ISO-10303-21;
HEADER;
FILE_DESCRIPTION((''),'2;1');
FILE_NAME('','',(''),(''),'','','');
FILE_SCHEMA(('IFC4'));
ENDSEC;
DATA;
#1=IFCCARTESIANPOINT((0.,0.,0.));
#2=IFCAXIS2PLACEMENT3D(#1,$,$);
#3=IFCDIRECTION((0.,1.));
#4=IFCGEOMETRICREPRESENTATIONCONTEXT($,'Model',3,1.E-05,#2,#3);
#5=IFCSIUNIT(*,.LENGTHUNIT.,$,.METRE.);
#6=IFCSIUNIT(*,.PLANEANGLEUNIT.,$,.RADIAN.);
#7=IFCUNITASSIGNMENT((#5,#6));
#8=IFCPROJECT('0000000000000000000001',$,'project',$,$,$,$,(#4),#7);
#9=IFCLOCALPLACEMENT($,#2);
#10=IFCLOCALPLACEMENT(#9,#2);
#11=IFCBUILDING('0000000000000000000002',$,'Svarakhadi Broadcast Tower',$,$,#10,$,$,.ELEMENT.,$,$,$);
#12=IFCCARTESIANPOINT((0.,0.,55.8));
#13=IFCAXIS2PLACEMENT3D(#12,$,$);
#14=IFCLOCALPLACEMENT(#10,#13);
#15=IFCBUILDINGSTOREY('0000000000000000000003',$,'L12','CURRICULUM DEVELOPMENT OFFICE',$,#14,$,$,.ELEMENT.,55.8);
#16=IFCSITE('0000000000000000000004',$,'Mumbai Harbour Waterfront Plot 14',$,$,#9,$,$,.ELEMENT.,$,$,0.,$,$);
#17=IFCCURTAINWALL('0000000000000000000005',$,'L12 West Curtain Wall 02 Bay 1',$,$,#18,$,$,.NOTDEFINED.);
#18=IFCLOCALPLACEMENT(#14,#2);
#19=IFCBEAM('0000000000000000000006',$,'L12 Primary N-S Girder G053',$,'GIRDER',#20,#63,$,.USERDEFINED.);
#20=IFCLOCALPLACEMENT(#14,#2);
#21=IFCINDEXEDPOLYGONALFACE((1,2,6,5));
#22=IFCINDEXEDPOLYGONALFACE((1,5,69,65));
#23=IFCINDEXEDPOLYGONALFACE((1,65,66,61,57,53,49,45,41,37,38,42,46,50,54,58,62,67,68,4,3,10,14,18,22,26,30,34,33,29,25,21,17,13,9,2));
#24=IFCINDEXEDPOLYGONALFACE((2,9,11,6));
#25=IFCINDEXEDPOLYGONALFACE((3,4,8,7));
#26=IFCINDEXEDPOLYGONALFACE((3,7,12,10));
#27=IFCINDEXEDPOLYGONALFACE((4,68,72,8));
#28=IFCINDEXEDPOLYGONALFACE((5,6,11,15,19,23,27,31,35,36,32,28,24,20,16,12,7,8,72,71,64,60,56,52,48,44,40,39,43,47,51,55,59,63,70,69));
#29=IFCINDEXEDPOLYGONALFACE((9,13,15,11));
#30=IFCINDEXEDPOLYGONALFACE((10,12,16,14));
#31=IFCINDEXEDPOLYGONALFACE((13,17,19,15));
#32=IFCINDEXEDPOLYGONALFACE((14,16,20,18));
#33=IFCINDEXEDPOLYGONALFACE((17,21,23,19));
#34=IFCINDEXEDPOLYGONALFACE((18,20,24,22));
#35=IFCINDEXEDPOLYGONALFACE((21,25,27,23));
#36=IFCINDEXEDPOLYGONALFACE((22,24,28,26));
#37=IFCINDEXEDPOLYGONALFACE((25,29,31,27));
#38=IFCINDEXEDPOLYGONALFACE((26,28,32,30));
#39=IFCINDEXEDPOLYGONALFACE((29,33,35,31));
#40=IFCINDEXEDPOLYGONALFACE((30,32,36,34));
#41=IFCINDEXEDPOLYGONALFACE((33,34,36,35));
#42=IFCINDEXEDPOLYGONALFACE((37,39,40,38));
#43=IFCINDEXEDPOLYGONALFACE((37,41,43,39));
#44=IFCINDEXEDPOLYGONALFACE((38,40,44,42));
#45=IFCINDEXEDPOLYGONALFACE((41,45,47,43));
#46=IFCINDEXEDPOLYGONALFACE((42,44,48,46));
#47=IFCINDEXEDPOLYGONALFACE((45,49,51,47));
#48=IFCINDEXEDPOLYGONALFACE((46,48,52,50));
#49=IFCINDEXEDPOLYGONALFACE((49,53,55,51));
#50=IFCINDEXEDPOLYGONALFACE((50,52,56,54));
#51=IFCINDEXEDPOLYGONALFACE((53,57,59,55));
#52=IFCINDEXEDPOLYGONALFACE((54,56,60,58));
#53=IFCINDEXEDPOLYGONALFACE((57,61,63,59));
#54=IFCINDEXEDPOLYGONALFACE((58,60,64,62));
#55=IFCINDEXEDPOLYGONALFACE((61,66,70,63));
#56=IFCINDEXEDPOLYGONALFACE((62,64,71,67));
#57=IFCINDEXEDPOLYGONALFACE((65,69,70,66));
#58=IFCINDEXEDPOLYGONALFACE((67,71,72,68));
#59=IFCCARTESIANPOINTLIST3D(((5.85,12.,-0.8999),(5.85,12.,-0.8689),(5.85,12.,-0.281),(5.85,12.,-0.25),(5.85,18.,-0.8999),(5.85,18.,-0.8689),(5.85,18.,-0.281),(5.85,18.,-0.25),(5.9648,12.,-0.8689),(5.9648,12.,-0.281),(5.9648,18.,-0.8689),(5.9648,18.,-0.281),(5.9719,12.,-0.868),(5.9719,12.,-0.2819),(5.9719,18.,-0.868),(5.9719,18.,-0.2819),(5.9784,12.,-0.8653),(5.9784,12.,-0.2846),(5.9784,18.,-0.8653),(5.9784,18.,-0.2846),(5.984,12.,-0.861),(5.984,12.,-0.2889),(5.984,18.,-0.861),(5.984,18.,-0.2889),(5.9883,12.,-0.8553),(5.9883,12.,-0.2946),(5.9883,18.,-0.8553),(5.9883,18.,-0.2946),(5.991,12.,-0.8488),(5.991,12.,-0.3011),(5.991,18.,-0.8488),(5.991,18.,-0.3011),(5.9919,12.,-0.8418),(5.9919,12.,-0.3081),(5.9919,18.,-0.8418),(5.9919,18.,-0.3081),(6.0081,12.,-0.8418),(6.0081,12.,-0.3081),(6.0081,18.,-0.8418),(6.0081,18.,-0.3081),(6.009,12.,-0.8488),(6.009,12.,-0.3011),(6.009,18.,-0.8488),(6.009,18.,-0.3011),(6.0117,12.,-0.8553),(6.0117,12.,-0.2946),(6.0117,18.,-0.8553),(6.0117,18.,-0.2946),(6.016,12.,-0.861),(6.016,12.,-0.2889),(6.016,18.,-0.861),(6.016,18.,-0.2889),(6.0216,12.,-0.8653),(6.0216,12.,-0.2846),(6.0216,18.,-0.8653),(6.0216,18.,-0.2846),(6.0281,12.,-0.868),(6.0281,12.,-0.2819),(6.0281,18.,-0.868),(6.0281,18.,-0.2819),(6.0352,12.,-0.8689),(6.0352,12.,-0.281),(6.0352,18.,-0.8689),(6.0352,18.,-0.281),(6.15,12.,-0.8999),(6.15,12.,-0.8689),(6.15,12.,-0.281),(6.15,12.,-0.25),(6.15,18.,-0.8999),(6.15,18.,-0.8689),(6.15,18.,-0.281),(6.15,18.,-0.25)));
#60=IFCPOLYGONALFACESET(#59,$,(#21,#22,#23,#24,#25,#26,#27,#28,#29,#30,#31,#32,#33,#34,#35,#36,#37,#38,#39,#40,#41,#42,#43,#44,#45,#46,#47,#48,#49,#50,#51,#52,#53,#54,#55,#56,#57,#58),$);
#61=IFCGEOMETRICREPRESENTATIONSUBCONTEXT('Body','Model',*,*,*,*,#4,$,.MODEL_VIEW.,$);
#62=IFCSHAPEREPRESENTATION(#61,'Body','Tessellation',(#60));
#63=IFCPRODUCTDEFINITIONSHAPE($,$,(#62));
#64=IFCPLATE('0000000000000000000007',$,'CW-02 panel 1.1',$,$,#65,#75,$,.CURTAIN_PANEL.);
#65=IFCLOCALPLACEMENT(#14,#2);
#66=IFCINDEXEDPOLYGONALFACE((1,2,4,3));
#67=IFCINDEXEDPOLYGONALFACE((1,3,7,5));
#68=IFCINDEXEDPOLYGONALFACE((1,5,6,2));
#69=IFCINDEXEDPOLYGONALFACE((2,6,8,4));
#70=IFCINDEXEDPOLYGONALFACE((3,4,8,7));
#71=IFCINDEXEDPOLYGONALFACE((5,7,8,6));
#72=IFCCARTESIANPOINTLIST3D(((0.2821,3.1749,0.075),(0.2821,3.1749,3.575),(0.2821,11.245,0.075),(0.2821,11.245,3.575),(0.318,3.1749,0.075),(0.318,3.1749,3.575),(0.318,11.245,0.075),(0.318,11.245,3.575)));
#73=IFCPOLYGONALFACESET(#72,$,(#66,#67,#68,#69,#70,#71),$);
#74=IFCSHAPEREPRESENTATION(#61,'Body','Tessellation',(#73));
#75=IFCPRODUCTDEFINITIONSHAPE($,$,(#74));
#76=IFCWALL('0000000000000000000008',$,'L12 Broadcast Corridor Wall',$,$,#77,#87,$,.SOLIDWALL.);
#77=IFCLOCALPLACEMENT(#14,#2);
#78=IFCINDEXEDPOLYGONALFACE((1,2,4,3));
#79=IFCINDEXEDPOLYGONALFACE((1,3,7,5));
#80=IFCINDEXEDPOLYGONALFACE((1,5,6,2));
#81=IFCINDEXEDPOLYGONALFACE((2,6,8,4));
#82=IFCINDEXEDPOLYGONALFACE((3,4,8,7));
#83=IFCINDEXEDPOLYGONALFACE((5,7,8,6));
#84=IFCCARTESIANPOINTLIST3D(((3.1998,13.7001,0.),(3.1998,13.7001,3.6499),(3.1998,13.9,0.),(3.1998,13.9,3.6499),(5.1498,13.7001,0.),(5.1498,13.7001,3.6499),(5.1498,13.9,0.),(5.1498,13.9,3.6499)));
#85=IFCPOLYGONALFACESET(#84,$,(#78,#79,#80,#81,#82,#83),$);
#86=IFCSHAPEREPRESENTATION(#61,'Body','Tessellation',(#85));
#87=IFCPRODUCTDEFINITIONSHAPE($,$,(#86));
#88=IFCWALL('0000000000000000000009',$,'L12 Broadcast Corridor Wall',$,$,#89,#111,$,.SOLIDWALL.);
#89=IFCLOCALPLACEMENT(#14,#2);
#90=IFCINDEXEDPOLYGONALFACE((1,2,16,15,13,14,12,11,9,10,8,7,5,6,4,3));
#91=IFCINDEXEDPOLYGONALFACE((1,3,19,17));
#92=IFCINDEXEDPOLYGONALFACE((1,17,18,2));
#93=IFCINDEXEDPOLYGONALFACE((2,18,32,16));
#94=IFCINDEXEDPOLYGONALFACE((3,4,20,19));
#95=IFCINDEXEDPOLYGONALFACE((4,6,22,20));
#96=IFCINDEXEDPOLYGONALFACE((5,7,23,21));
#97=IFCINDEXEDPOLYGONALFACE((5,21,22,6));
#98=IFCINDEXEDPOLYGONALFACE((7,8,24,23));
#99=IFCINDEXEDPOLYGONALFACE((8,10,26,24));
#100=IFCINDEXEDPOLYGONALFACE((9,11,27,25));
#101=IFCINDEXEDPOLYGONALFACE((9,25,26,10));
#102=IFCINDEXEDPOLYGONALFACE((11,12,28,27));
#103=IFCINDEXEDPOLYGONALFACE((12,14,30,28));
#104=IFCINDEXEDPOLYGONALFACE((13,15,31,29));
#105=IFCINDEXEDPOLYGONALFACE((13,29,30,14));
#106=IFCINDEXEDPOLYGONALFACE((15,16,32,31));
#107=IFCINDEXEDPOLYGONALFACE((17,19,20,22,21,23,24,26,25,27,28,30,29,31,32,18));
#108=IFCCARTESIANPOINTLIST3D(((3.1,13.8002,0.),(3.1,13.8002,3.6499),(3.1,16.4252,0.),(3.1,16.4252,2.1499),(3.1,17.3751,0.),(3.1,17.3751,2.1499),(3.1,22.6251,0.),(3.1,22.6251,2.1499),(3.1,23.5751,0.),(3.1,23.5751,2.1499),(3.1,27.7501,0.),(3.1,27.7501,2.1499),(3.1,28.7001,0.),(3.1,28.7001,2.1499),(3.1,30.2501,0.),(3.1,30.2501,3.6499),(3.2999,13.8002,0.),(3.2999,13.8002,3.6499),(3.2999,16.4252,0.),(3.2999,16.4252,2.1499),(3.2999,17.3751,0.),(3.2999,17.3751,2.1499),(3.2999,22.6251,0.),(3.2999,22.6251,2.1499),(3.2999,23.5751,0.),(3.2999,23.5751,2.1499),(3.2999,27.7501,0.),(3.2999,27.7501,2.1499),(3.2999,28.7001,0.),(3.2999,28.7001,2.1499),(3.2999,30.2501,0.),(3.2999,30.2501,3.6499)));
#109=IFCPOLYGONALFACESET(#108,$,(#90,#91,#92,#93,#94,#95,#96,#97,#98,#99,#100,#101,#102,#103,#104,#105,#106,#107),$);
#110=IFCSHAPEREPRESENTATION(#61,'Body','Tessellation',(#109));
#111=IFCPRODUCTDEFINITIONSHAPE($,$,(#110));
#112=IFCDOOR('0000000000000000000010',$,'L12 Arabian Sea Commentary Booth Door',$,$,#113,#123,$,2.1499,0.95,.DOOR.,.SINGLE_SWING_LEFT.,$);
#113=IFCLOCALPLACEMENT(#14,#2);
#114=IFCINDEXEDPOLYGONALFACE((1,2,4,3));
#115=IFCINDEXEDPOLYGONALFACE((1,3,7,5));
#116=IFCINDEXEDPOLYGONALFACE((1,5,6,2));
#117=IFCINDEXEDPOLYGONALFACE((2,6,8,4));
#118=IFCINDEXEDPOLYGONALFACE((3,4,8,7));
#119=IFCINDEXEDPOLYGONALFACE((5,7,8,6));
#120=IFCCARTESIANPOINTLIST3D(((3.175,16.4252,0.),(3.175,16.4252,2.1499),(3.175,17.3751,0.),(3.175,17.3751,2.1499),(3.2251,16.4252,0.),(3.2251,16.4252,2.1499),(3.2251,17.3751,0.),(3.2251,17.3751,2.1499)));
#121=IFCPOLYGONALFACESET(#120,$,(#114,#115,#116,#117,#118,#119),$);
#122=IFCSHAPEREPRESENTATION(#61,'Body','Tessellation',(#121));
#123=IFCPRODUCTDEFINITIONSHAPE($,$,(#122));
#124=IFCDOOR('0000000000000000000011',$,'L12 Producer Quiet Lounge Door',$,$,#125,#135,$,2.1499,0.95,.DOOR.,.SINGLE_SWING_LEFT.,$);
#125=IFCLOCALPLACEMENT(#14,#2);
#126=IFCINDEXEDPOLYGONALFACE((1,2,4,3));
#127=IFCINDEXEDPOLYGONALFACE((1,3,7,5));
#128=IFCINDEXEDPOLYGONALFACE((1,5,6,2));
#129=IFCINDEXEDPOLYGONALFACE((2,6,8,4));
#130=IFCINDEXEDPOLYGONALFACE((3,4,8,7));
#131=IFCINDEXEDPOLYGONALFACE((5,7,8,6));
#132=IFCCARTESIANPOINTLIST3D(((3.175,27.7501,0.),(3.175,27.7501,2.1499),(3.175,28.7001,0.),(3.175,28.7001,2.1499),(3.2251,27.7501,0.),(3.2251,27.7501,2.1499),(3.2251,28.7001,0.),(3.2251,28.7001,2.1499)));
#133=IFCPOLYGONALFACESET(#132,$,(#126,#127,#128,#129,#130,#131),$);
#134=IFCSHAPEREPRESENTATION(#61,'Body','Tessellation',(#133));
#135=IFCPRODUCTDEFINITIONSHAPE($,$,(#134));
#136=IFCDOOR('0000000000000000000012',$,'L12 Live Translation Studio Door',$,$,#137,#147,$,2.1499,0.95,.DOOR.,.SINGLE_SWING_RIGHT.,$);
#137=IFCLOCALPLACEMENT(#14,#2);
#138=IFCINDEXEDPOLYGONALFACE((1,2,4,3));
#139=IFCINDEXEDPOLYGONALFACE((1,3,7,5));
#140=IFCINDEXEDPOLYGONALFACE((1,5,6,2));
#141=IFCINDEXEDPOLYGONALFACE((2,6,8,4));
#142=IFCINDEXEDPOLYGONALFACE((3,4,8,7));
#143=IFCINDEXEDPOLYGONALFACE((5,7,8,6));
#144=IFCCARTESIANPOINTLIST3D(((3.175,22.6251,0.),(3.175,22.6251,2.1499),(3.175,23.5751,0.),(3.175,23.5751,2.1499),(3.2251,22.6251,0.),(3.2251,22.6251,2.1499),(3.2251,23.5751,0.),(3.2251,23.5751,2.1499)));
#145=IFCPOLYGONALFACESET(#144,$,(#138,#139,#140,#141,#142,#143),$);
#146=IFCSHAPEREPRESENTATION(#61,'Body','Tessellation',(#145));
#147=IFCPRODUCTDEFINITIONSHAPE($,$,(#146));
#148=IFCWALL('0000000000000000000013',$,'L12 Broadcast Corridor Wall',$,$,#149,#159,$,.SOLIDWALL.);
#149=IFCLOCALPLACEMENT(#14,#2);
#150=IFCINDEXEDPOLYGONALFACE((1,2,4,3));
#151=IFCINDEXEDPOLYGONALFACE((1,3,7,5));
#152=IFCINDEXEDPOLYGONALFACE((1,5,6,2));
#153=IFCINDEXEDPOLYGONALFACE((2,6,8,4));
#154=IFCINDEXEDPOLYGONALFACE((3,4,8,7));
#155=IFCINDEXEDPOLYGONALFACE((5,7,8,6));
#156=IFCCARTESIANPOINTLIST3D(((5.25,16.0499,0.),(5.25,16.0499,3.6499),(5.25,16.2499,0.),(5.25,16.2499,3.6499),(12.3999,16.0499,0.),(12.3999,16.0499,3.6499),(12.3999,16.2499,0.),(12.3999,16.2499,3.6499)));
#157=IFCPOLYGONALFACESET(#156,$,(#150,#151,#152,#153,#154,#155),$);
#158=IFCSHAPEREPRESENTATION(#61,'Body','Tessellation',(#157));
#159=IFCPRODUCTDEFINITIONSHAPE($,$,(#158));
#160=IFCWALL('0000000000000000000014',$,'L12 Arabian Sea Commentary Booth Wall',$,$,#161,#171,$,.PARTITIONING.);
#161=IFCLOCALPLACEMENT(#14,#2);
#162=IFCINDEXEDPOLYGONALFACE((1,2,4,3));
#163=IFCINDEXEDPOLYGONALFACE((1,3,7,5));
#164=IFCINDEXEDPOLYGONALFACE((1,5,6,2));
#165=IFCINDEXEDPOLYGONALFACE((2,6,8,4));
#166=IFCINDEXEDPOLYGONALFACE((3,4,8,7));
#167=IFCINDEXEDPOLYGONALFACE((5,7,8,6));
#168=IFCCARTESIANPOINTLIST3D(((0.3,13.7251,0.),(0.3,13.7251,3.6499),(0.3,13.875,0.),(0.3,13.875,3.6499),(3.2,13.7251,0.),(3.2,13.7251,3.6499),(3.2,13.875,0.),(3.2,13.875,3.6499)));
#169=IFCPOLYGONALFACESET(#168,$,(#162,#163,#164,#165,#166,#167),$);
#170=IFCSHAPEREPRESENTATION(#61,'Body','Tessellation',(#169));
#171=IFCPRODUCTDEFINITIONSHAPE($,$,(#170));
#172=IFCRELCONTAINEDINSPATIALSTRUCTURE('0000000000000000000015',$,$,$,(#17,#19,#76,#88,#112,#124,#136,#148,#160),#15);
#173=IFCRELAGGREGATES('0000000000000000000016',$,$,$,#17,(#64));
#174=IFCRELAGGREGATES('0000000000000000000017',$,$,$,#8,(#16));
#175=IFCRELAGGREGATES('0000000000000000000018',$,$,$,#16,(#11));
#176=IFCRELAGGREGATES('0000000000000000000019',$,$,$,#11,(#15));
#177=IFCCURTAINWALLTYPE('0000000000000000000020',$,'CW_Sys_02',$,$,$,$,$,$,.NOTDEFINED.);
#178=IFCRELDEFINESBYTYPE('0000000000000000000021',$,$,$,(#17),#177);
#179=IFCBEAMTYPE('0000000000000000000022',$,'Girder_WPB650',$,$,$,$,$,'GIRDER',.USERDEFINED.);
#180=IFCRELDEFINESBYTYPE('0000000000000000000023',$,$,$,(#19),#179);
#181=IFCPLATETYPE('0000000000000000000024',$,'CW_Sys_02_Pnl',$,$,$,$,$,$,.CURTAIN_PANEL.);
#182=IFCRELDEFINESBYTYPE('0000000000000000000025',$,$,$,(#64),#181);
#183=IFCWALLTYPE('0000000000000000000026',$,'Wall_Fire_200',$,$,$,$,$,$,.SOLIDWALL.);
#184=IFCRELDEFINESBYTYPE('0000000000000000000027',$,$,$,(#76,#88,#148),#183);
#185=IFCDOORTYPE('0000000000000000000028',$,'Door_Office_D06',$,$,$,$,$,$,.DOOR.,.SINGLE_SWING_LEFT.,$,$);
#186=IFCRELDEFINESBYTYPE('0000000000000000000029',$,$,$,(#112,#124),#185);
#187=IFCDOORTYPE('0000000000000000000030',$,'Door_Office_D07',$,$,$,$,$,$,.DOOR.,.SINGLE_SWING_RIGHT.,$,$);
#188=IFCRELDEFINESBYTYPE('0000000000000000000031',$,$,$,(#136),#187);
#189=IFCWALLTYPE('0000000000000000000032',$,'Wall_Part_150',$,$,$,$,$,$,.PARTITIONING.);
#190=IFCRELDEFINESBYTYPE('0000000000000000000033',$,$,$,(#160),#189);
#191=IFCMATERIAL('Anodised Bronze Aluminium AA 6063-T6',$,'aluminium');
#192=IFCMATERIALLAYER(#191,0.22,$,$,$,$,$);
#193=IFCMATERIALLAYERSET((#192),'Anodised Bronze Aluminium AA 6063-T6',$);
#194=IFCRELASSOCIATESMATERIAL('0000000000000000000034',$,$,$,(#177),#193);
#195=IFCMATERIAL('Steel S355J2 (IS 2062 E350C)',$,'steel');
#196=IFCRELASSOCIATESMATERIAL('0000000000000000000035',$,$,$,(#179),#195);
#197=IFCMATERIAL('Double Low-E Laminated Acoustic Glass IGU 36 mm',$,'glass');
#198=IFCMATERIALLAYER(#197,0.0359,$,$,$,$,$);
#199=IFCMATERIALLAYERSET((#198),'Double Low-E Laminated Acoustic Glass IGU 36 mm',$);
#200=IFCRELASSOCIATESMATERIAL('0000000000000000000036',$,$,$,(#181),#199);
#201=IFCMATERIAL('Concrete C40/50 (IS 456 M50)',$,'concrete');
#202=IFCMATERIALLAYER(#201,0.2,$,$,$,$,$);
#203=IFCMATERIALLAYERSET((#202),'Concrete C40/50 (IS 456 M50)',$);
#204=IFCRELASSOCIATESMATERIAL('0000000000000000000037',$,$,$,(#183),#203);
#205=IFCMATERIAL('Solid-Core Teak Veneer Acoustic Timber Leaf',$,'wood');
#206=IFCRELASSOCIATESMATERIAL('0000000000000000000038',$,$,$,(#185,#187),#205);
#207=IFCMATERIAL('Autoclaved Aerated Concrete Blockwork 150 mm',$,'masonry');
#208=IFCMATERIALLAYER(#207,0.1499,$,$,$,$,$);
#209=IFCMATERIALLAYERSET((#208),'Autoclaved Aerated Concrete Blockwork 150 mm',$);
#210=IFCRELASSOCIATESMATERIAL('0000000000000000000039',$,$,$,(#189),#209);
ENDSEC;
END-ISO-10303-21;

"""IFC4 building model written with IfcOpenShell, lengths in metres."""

from ifc_helpers import new_model, si_unit, direction, frame, frame_2d, origin, origin_2d, place, context, subcontext, project, spatial, rectangle, i_section, extrude, material, layer, layer_set, material_profile, profile_set, type_object, element, fill, aggregate, save


model = new_model("IFC4")

# Units and contexts
model_context = context("Model", 3, precision=1e-05, world=origin(), true_north=direction((0.0, 1.0)))
body_context = subcontext(model_context, "Body", "Model", "MODEL_VIEW")
ifc_project = project(units=[si_unit("LENGTHUNIT", "METRE"), si_unit("PLANEANGLEUNIT", "RADIAN")], contexts=[model_context])

# Site, building, storey
site_placement = place(None, origin())
site = spatial("IfcSite", under=ifc_project, at=site_placement, Name="Mumbai Harbour Waterfront Plot 14", CompositionType="ELEMENT", RefElevation=0.0)
building_placement = place(site_placement, origin())
building = spatial("IfcBuilding", under=site, at=building_placement, Name="Svarakhadi Broadcast Tower", CompositionType="ELEMENT")
storey_placement = place(building_placement, frame((0.0, 0.0, 55.8)))
storey = spatial("IfcBuildingStorey", under=building, at=storey_placement, Name="L12", Description="CURRICULUM DEVELOPMENT OFFICE", CompositionType="ELEMENT", Elevation=55.8)

# Shared definitions
ifc_material_1 = material(Name="Steel S355J2 (IS 2062 E350C)", Category="steel")

# Curtain wall
ifc_material_2 = material(Name="Anodised Bronze Aluminium AA 6063-T6", Category="aluminium")
ifc_layer_1 = layer(ifc_material_2, 0.22)
ifc_layer_set_1 = layer_set([ifc_layer_1], Name="Anodised Bronze Aluminium AA 6063-T6")
curtain_wall_type = type_object("IfcCurtainWallType", Name="CW_Sys_02", PredefinedType="NOTDEFINED", material=ifc_layer_set_1)
curtain_wall_1_placement = place(storey_placement, origin())
curtain_wall_1 = element("IfcCurtainWall", 1, at=curtain_wall_1_placement, inside=storey, type_object=curtain_wall_type, Name="L12 West Curtain Wall 02 Bay 1", PredefinedType="NOTDEFINED")

# Beam
ifc_material_profile_1 = material_profile(ifc_material_1, i_section(OverallWidth=0.3, OverallDepth=0.6499, WebThickness=0.0161, FlangeThickness=0.031, FilletRadius=0.0271, at=origin_2d()), Name="WPB 650x300x225")
ifc_profile_set_1 = profile_set([ifc_material_profile_1], Name="Steel S355J2 (IS 2062 E350C)")
beam_type_1 = type_object("IfcBeamType", Name="Girder_WPB650", ElementType="GIRDER", PredefinedType="USERDEFINED", material=ifc_profile_set_1)
for number, where, z_axis, x_axis, name in (
    (2, (6.0, 12.0, -0.575), (0.0, 1.0, 0.0), (-1.0, 0.0, 0.0), "L12 Primary N-S Girder G053"),
):
    element("IfcBeam", number, at=place(storey_placement, frame(where, z_axis=z_axis, x_axis=x_axis)), inside=storey, type_object=beam_type_1, Name=name, ObjectType="GIRDER", PredefinedType="USERDEFINED", context=body_context, shape_type="SweptSolid", body=[
        extrude(i_section(OverallWidth=0.3, OverallDepth=0.6499, WebThickness=0.0161, FlangeThickness=0.031, FilletRadius=0.0271, at=origin_2d()), origin(), (0.0, 0.0, 1.0), 6.0),
    ])

# Plate
ifc_material_3 = material(Name="Double Low-E Laminated Acoustic Glass IGU 36 mm", Category="glass")
ifc_layer_2 = layer(ifc_material_3, 0.0359)
ifc_layer_set_2 = layer_set([ifc_layer_2], Name="Double Low-E Laminated Acoustic Glass IGU 36 mm")
plate_type = type_object("IfcPlateType", Name="CW_Sys_02_Pnl", PredefinedType="CURTAIN_PANEL", material=ifc_layer_set_2)
plate_placement = place(storey_placement, frame((0.3, 7.21, 0.075), z_axis=(0.0, 0.0, 1.0), x_axis=(0.0, 1.0, 0.0)))
plate = element("IfcPlate", 3, at=plate_placement, type_object=plate_type, Name="CW-02 panel 1.1", PredefinedType="CURTAIN_PANEL", context=body_context, shape_type="SweptSolid", body=[
    extrude(rectangle(XDim=8.0701, YDim=0.0359, at=origin_2d()), origin(), (0.0, 0.0, 1.0), 3.5),
])
aggregate(curtain_wall_1, [plate])

# Wall
ifc_material_4 = material(Name="Concrete C40/50 (IS 456 M50)", Category="concrete")
ifc_layer_3 = layer(ifc_material_4, 0.2)
ifc_layer_set_3 = layer_set([ifc_layer_3], Name="Concrete C40/50 (IS 456 M50)")
wall_type_1 = type_object("IfcWallType", Name="Wall_Fire_200", PredefinedType="SOLIDWALL", material=ifc_layer_set_3)
wall_1_placement = place(storey_placement, frame((5.1499, 13.8, 0.0), z_axis=(0.0, 0.0, 1.0), x_axis=(-1.0, 0.0, 0.0)))
element("IfcWall", 4, at=wall_1_placement, inside=storey, type_object=wall_type_1, Name="L12 Broadcast Corridor Wall", PredefinedType="SOLIDWALL", context=body_context, shape_type="SweptSolid", body=[
    extrude(rectangle(XDim=1.95, YDim=0.2, at=frame_2d((0.9751, 0.0))), origin(), (0.0, 0.0, 1.0), 3.6499),
])

# Wall, openings, doors
wall_2_placement = place(storey_placement, frame((3.2, 13.8, 0.0), z_axis=(0.0, 0.0, 1.0), x_axis=(0.0, 1.0, 0.0)))
wall_2 = element("IfcWall", 5, at=wall_2_placement, inside=storey, type_object=wall_type_1, Name="L12 Broadcast Corridor Wall", PredefinedType="SOLIDWALL", context=body_context, shape_type="SweptSolid", body=[
    extrude(rectangle(XDim=16.45, YDim=0.2, at=frame_2d((8.2251, 0.0))), origin(), (0.0, 0.0, 1.0), 3.6499),
])
opening_1_placement = place(wall_2_placement, frame((2.625, 0.0, 0.0)))
opening_1 = element("IfcOpeningElement", 6, at=opening_1_placement, cuts=wall_2, PredefinedType="OPENING", context=body_context, shape_type="SweptSolid", body=[
    extrude(rectangle(XDim=0.95, YDim=2.1499, at=frame_2d((0.4751, 1.075))), frame((0.0, 0.1099, 0.0), z_axis=(0.0, -1.0, 0.0), x_axis=(1.0, 0.0, 0.0)), (0.0, 0.0, 1.0), 0.22),
])
opening_2_placement = place(wall_2_placement, frame((8.825, 0.0, 0.0)))
opening_2 = element("IfcOpeningElement", 7, at=opening_2_placement, cuts=wall_2, PredefinedType="OPENING", context=body_context, shape_type="SweptSolid", body=[
    extrude(rectangle(XDim=0.95, YDim=2.1499, at=frame_2d((0.4751, 1.075))), frame((0.0, 0.1099, 0.0), z_axis=(0.0, -1.0, 0.0), x_axis=(1.0, 0.0, 0.0)), (0.0, 0.0, 1.0), 0.22),
])
opening_3_placement = place(wall_2_placement, frame((13.95, 0.0, 0.0)))
opening_3 = element("IfcOpeningElement", 8, at=opening_3_placement, cuts=wall_2, PredefinedType="OPENING", context=body_context, shape_type="SweptSolid", body=[
    extrude(rectangle(XDim=0.95, YDim=2.1499, at=frame_2d((0.4751, 1.075))), frame((0.0, 0.1099, 0.0), z_axis=(0.0, -1.0, 0.0), x_axis=(1.0, 0.0, 0.0)), (0.0, 0.0, 1.0), 0.22),
])
ifc_material_5 = material(Name="Solid-Core Teak Veneer Acoustic Timber Leaf", Category="wood")
door_type_1 = type_object("IfcDoorType", Name="Door_Office_D06", OperationType="SINGLE_SWING_LEFT", PredefinedType="DOOR", material=ifc_material_5)
door_1_placement = place(opening_1_placement, origin())
door_1 = element("IfcDoor", 9, at=door_1_placement, inside=storey, type_object=door_type_1, Name="L12 Arabian Sea Commentary Booth Door", OperationType="SINGLE_SWING_LEFT", OverallHeight=2.1499, OverallWidth=0.95, PredefinedType="DOOR", context=body_context, shape_type="SweptSolid", body=[
    extrude(rectangle(XDim=0.95, YDim=2.1499, at=frame_2d((0.4751, 1.075))), frame((0.0, 0.0249, 0.0), z_axis=(0.0, -1.0, 0.0), x_axis=(1.0, 0.0, 0.0)), (0.0, 0.0, 1.0), 0.05),
])
fill(opening_1, door_1)
door_2_placement = place(opening_3_placement, origin())
door_2 = element("IfcDoor", 10, at=door_2_placement, inside=storey, type_object=door_type_1, Name="L12 Producer Quiet Lounge Door", OperationType="SINGLE_SWING_LEFT", OverallHeight=2.1499, OverallWidth=0.95, PredefinedType="DOOR", context=body_context, shape_type="SweptSolid", body=[
    extrude(rectangle(XDim=0.95, YDim=2.1499, at=frame_2d((0.4751, 1.075))), frame((0.0, 0.0249, 0.0), z_axis=(0.0, -1.0, 0.0), x_axis=(1.0, 0.0, 0.0)), (0.0, 0.0, 1.0), 0.05),
])
fill(opening_3, door_2)
door_type_2 = type_object("IfcDoorType", Name="Door_Office_D07", OperationType="SINGLE_SWING_RIGHT", PredefinedType="DOOR", material=ifc_material_5)
door_3_placement = place(opening_2_placement, origin())
door_3 = element("IfcDoor", 11, at=door_3_placement, inside=storey, type_object=door_type_2, Name="L12 Live Translation Studio Door", OperationType="SINGLE_SWING_RIGHT", OverallHeight=2.1499, OverallWidth=0.95, PredefinedType="DOOR", context=body_context, shape_type="SweptSolid", body=[
    extrude(rectangle(XDim=0.95, YDim=2.1499, at=frame_2d((0.4751, 1.075))), frame((0.0, 0.0249, 0.0), z_axis=(0.0, -1.0, 0.0), x_axis=(1.0, 0.0, 0.0)), (0.0, 0.0, 1.0), 0.05),
])
fill(opening_2, door_3)

# Walls
wall_3_placement = place(storey_placement, frame((5.25, 16.1499, 0.0), z_axis=(0.0, 0.0, 1.0), x_axis=(1.0, 0.0, 0.0)))
element("IfcWall", 12, at=wall_3_placement, inside=storey, type_object=wall_type_1, Name="L12 Broadcast Corridor Wall", PredefinedType="SOLIDWALL", context=body_context, shape_type="SweptSolid", body=[
    extrude(rectangle(XDim=7.1499, YDim=0.2, at=frame_2d((3.575, 0.0))), origin(), (0.0, 0.0, 1.0), 3.6499),
])
ifc_material_6 = material(Name="Autoclaved Aerated Concrete Blockwork 150 mm", Category="masonry")
ifc_layer_4 = layer(ifc_material_6, 0.1499)
ifc_layer_set_4 = layer_set([ifc_layer_4], Name="Autoclaved Aerated Concrete Blockwork 150 mm")
wall_type_2 = type_object("IfcWallType", Name="Wall_Part_150", PredefinedType="PARTITIONING", material=ifc_layer_set_4)
wall_4_placement = place(storey_placement, frame((0.3, 13.8, 0.0), z_axis=(0.0, 0.0, 1.0), x_axis=(1.0, 0.0, 0.0)))
element("IfcWall", 13, at=wall_4_placement, inside=storey, type_object=wall_type_2, Name="L12 Arabian Sea Commentary Booth Wall", PredefinedType="PARTITIONING", context=body_context, shape_type="SweptSolid", body=[
    extrude(rectangle(XDim=2.8999, YDim=0.1499, at=frame_2d((1.45, 0.0))), origin(), (0.0, 0.0, 1.0), 3.6499),
])

save(model, "model.ifc")
